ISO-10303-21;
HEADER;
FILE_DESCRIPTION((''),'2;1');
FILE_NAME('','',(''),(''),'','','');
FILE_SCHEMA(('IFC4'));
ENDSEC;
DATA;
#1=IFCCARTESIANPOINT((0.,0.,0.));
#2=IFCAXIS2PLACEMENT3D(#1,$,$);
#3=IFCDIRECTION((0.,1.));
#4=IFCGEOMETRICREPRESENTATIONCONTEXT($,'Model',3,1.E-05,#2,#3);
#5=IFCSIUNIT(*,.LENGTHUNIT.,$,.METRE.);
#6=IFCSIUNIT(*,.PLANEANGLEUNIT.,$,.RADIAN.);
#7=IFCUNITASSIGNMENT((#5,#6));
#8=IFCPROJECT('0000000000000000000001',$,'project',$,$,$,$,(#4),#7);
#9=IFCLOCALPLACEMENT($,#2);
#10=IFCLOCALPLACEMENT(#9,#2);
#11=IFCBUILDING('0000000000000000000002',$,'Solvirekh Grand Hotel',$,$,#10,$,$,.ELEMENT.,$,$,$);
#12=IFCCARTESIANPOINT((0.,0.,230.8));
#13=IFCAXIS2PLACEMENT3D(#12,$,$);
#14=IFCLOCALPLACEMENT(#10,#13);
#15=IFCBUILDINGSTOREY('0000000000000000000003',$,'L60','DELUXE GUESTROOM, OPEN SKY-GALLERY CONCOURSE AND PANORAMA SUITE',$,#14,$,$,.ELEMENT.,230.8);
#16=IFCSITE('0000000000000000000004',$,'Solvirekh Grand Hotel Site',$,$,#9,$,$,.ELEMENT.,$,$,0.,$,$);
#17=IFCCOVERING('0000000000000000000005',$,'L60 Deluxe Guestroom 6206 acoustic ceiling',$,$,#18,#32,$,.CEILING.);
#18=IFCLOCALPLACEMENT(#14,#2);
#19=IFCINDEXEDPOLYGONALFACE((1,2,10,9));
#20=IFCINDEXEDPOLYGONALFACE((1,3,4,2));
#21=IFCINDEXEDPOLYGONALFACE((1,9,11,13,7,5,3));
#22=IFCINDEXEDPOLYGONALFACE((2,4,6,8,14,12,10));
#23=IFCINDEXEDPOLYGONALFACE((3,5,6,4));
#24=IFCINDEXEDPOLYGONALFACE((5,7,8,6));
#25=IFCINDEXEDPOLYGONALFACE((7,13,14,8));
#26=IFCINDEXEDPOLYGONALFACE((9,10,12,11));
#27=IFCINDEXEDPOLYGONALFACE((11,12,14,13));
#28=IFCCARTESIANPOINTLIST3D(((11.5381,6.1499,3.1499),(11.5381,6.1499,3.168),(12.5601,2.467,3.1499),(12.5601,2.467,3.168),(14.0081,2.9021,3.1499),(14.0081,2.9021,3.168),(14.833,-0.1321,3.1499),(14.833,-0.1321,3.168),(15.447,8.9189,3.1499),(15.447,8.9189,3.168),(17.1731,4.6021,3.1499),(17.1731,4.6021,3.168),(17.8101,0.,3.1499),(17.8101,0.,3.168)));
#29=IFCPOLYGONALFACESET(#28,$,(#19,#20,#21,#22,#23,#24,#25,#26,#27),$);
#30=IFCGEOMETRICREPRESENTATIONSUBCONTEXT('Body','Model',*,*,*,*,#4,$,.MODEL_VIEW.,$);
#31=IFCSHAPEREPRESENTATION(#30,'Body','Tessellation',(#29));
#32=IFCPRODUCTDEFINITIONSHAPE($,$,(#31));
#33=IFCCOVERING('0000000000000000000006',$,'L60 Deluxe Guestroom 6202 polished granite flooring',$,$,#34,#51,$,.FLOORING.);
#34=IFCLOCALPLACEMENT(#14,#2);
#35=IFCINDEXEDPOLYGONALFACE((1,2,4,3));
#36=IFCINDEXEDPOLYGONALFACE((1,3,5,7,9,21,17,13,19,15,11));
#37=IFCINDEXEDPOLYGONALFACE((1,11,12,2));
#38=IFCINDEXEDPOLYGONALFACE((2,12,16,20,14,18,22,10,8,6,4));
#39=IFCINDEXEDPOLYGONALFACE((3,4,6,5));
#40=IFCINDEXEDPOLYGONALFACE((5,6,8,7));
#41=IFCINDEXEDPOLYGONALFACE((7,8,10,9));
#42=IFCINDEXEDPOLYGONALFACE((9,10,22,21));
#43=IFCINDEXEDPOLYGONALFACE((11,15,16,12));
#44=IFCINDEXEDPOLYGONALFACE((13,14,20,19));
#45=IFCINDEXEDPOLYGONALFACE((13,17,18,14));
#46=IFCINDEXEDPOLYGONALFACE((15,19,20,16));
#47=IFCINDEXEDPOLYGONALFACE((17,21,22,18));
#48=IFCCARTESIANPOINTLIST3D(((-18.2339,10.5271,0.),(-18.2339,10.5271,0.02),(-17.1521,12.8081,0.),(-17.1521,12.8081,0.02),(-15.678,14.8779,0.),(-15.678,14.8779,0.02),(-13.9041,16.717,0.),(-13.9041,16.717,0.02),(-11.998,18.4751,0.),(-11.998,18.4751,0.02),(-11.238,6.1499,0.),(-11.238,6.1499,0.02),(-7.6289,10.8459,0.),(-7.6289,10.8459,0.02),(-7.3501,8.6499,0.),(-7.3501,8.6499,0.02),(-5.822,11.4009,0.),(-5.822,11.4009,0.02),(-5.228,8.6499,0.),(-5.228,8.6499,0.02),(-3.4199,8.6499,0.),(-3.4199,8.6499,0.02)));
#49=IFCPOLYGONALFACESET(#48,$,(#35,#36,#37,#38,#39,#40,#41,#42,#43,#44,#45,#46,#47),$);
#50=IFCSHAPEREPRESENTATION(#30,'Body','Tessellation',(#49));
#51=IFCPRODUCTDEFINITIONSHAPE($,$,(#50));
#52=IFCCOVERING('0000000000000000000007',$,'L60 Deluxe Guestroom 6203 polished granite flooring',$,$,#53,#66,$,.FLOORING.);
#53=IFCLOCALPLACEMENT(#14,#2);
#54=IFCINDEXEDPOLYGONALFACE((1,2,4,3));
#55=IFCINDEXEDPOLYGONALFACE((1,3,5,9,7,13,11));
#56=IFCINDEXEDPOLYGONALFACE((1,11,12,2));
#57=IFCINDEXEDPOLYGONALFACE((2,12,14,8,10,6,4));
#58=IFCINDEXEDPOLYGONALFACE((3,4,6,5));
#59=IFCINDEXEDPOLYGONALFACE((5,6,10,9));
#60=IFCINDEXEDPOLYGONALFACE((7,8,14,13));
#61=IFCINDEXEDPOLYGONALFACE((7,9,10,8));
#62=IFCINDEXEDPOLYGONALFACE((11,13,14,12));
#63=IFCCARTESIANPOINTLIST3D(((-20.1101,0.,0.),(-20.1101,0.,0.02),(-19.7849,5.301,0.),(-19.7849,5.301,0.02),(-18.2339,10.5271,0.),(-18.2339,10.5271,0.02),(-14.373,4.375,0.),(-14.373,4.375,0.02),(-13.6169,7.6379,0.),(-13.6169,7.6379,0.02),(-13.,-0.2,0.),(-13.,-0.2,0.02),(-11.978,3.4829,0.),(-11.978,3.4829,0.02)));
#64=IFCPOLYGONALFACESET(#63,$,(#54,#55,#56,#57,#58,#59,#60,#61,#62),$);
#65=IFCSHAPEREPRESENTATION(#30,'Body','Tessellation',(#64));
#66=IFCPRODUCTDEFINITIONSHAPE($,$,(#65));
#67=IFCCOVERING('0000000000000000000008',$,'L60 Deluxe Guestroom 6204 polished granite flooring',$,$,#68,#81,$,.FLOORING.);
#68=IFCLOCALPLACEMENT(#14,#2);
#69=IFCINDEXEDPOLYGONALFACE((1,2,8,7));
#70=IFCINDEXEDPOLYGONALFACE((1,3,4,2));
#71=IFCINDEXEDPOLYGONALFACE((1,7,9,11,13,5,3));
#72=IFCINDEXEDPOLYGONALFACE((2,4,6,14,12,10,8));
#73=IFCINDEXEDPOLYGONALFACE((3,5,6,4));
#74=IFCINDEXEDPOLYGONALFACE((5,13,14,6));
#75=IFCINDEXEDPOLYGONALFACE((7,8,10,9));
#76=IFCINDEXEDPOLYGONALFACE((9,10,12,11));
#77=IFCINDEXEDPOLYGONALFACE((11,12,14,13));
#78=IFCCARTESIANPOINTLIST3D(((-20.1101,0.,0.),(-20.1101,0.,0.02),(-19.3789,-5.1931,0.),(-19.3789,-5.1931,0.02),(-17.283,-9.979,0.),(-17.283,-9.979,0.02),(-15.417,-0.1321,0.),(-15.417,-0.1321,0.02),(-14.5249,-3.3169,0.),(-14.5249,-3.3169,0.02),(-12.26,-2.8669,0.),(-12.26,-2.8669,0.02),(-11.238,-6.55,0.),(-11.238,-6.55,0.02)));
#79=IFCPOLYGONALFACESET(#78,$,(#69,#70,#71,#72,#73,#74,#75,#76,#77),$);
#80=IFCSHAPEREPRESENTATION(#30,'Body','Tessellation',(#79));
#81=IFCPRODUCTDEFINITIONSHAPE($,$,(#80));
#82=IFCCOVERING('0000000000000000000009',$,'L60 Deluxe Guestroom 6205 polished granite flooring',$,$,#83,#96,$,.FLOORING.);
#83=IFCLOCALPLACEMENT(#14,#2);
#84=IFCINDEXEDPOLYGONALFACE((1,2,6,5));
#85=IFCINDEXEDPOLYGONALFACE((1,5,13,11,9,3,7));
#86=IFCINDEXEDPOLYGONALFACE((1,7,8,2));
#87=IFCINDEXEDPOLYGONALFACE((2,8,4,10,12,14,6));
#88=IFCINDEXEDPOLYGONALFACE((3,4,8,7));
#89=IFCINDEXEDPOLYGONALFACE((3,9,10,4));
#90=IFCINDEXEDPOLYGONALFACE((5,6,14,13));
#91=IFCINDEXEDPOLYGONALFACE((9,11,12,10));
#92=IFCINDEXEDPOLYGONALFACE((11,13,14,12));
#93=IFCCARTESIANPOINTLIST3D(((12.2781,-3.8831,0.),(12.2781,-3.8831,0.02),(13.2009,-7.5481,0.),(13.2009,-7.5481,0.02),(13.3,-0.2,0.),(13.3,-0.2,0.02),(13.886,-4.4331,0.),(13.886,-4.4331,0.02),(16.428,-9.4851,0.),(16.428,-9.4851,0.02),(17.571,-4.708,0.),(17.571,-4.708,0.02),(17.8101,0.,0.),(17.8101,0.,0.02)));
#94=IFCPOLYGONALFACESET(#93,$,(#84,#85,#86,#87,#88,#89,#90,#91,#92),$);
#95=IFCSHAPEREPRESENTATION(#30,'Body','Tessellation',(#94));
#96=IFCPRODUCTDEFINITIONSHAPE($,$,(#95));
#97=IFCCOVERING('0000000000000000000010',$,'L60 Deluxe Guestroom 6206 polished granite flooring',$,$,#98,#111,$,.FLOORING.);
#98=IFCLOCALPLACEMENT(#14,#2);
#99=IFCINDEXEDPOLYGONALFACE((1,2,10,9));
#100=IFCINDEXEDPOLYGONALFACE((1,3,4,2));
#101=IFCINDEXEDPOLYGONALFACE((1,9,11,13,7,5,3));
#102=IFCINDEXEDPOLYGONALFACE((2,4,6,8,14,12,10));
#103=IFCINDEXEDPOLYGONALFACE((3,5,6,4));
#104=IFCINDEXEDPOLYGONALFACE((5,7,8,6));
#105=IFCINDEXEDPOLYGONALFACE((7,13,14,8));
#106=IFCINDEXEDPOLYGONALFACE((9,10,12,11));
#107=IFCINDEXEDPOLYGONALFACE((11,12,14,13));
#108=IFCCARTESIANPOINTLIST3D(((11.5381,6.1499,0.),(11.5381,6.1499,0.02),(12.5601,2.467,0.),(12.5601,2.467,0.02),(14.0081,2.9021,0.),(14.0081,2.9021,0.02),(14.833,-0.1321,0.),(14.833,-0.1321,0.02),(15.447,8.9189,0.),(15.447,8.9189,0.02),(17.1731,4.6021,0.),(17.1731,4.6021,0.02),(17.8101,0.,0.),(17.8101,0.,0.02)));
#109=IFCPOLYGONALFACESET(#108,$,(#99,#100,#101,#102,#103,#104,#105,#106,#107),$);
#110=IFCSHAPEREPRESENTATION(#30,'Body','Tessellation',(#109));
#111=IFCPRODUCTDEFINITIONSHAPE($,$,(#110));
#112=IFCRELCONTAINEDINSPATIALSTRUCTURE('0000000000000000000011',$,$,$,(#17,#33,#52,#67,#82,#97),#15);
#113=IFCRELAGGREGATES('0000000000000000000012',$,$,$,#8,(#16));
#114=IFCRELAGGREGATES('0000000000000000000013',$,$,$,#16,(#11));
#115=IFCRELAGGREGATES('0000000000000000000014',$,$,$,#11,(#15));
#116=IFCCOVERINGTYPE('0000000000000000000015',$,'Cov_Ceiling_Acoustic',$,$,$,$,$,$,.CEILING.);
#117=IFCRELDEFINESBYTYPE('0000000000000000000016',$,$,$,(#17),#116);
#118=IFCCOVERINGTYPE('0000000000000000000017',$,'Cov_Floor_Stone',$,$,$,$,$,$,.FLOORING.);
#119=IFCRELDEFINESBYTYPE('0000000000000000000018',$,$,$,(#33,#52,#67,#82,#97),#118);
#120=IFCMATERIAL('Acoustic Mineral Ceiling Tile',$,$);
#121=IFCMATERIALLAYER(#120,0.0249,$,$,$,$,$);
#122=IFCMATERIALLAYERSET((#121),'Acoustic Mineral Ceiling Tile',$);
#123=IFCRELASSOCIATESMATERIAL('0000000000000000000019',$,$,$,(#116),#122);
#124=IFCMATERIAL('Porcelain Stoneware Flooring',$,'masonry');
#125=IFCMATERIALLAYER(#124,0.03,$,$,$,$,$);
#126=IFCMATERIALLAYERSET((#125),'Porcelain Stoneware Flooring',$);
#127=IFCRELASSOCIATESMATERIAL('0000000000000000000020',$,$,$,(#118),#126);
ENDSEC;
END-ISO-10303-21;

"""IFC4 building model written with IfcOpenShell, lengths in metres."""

from ifc_helpers import new_model, si_unit, direction, frame, origin, place, context, subcontext, project, spatial, polyline, outline, extrude, material, layer, layer_set, type_object, element, save


model = new_model("IFC4")

# Units and contexts
model_context = context("Model", 3, precision=1e-05, world=origin(), true_north=direction((0.0, 1.0)))
body_context = subcontext(model_context, "Body", "Model", "MODEL_VIEW")
ifc_project = project(units=[si_unit("LENGTHUNIT", "METRE"), si_unit("PLANEANGLEUNIT", "RADIAN")], contexts=[model_context])

# Site, building, storey
site_placement = place(None, origin())
site = spatial("IfcSite", under=ifc_project, at=site_placement, Name="Solvirekh Grand Hotel Site", CompositionType="ELEMENT", RefElevation=0.0)
building_placement = place(site_placement, origin())
building = spatial("IfcBuilding", under=site, at=building_placement, Name="Solvirekh Grand Hotel", CompositionType="ELEMENT")
storey_placement = place(building_placement, frame((0.0, 0.0, 230.8)))
storey = spatial("IfcBuildingStorey", under=building, at=storey_placement, Name="L60", Description="DELUXE GUESTROOM, OPEN SKY-GALLERY CONCOURSE AND PANORAMA SUITE", CompositionType="ELEMENT", Elevation=230.8)

# Coverings
ifc_material_1 = material(Name="Acoustic Mineral Ceiling Tile")
ifc_layer_1 = layer(ifc_material_1, 0.0249)
ifc_layer_set_1 = layer_set([ifc_layer_1], Name="Acoustic Mineral Ceiling Tile")
covering_type_1 = type_object("IfcCoveringType", Name="Cov_Ceiling_Acoustic", PredefinedType="CEILING", material=ifc_layer_set_1)
covering_1_placement = place(storey_placement, frame((0.0, 0.0, 3.1499)))
element("IfcCovering", 1, at=covering_1_placement, inside=storey, type_object=covering_type_1, Name="L60 Deluxe Guestroom 6206 acoustic ceiling", PredefinedType="CEILING", context=body_context, shape_type="SweptSolid", body=[
    extrude(outline(polyline([(14.0081, 2.9021), (14.833, -0.1321), (17.8101, 0.0), (17.1731, 4.6021), (15.447, 8.9189), (11.5381, 6.1499), (12.5601, 2.467), (14.0081, 2.9021)])), origin(), (0.0, 0.0, 1.0), 0.0181),
])
ifc_material_2 = material(Name="Porcelain Stoneware Flooring", Category="masonry")
ifc_layer_2 = layer(ifc_material_2, 0.03)
ifc_layer_set_2 = layer_set([ifc_layer_2], Name="Porcelain Stoneware Flooring")
covering_type_2 = type_object("IfcCoveringType", Name="Cov_Floor_Stone", PredefinedType="FLOORING", material=ifc_layer_set_2)
covering_2_placement = place(storey_placement, origin())
element("IfcCovering", 2, at=covering_2_placement, inside=storey, type_object=covering_type_2, Name="L60 Deluxe Guestroom 6202 polished granite flooring", PredefinedType="FLOORING", context=body_context, shape_type="SweptSolid", body=[
    extrude(outline(polyline([(-5.228, 8.6499), (-7.6289, 10.8459), (-5.822, 11.4009), (-3.4199, 8.6499), (-11.998, 18.4751), (-13.9041, 16.717), (-15.678, 14.8779), (-17.1521, 12.8081), (-18.2339, 10.5271), (-11.238, 6.1499), (-7.3501, 8.6499), (-5.228, 8.6499)])), origin(), (0.0, 0.0, 1.0), 0.02),
])
covering_3_placement = place(storey_placement, origin())
element("IfcCovering", 3, at=covering_3_placement, inside=storey, type_object=covering_type_2, Name="L60 Deluxe Guestroom 6203 polished granite flooring", PredefinedType="FLOORING", context=body_context, shape_type="SweptSolid", body=[
    extrude(outline(polyline([(-14.373, 4.375), (-13.6169, 7.6379), (-18.2339, 10.5271), (-19.7849, 5.301), (-20.1101, 0.0), (-13.0, -0.2), (-11.978, 3.4829), (-14.373, 4.375)])), origin(), (0.0, 0.0, 1.0), 0.02),
])
covering_4_placement = place(storey_placement, origin())
element("IfcCovering", 4, at=covering_4_placement, inside=storey, type_object=covering_type_2, Name="L60 Deluxe Guestroom 6204 polished granite flooring", PredefinedType="FLOORING", context=body_context, shape_type="SweptSolid", body=[
    extrude(outline(polyline([(-14.5249, -3.3169), (-15.417, -0.1321), (-20.1101, 0.0), (-19.3789, -5.1931), (-17.283, -9.979), (-11.238, -6.55), (-12.26, -2.8669), (-14.5249, -3.3169)])), origin(), (0.0, 0.0, 1.0), 0.02),
])
covering_5_placement = place(storey_placement, origin())
element("IfcCovering", 5, at=covering_5_placement, inside=storey, type_object=covering_type_2, Name="L60 Deluxe Guestroom 6205 polished granite flooring", PredefinedType="FLOORING", context=body_context, shape_type="SweptSolid", body=[
    extrude(outline(polyline([(13.886, -4.4331), (13.2009, -7.5481), (16.428, -9.4851), (17.571, -4.708), (17.8101, 0.0), (13.3, -0.2), (12.2781, -3.8831), (13.886, -4.4331)])), origin(), (0.0, 0.0, 1.0), 0.02),
])
covering_6_placement = place(storey_placement, origin())
element("IfcCovering", 6, at=covering_6_placement, inside=storey, type_object=covering_type_2, Name="L60 Deluxe Guestroom 6206 polished granite flooring", PredefinedType="FLOORING", context=body_context, shape_type="SweptSolid", body=[
    extrude(outline(polyline([(14.0081, 2.9021), (14.833, -0.1321), (17.8101, 0.0), (17.1731, 4.6021), (15.447, 8.9189), (11.5381, 6.1499), (12.5601, 2.467), (14.0081, 2.9021)])), origin(), (0.0, 0.0, 1.0), 0.02),
])

save(model, "model.ifc")
